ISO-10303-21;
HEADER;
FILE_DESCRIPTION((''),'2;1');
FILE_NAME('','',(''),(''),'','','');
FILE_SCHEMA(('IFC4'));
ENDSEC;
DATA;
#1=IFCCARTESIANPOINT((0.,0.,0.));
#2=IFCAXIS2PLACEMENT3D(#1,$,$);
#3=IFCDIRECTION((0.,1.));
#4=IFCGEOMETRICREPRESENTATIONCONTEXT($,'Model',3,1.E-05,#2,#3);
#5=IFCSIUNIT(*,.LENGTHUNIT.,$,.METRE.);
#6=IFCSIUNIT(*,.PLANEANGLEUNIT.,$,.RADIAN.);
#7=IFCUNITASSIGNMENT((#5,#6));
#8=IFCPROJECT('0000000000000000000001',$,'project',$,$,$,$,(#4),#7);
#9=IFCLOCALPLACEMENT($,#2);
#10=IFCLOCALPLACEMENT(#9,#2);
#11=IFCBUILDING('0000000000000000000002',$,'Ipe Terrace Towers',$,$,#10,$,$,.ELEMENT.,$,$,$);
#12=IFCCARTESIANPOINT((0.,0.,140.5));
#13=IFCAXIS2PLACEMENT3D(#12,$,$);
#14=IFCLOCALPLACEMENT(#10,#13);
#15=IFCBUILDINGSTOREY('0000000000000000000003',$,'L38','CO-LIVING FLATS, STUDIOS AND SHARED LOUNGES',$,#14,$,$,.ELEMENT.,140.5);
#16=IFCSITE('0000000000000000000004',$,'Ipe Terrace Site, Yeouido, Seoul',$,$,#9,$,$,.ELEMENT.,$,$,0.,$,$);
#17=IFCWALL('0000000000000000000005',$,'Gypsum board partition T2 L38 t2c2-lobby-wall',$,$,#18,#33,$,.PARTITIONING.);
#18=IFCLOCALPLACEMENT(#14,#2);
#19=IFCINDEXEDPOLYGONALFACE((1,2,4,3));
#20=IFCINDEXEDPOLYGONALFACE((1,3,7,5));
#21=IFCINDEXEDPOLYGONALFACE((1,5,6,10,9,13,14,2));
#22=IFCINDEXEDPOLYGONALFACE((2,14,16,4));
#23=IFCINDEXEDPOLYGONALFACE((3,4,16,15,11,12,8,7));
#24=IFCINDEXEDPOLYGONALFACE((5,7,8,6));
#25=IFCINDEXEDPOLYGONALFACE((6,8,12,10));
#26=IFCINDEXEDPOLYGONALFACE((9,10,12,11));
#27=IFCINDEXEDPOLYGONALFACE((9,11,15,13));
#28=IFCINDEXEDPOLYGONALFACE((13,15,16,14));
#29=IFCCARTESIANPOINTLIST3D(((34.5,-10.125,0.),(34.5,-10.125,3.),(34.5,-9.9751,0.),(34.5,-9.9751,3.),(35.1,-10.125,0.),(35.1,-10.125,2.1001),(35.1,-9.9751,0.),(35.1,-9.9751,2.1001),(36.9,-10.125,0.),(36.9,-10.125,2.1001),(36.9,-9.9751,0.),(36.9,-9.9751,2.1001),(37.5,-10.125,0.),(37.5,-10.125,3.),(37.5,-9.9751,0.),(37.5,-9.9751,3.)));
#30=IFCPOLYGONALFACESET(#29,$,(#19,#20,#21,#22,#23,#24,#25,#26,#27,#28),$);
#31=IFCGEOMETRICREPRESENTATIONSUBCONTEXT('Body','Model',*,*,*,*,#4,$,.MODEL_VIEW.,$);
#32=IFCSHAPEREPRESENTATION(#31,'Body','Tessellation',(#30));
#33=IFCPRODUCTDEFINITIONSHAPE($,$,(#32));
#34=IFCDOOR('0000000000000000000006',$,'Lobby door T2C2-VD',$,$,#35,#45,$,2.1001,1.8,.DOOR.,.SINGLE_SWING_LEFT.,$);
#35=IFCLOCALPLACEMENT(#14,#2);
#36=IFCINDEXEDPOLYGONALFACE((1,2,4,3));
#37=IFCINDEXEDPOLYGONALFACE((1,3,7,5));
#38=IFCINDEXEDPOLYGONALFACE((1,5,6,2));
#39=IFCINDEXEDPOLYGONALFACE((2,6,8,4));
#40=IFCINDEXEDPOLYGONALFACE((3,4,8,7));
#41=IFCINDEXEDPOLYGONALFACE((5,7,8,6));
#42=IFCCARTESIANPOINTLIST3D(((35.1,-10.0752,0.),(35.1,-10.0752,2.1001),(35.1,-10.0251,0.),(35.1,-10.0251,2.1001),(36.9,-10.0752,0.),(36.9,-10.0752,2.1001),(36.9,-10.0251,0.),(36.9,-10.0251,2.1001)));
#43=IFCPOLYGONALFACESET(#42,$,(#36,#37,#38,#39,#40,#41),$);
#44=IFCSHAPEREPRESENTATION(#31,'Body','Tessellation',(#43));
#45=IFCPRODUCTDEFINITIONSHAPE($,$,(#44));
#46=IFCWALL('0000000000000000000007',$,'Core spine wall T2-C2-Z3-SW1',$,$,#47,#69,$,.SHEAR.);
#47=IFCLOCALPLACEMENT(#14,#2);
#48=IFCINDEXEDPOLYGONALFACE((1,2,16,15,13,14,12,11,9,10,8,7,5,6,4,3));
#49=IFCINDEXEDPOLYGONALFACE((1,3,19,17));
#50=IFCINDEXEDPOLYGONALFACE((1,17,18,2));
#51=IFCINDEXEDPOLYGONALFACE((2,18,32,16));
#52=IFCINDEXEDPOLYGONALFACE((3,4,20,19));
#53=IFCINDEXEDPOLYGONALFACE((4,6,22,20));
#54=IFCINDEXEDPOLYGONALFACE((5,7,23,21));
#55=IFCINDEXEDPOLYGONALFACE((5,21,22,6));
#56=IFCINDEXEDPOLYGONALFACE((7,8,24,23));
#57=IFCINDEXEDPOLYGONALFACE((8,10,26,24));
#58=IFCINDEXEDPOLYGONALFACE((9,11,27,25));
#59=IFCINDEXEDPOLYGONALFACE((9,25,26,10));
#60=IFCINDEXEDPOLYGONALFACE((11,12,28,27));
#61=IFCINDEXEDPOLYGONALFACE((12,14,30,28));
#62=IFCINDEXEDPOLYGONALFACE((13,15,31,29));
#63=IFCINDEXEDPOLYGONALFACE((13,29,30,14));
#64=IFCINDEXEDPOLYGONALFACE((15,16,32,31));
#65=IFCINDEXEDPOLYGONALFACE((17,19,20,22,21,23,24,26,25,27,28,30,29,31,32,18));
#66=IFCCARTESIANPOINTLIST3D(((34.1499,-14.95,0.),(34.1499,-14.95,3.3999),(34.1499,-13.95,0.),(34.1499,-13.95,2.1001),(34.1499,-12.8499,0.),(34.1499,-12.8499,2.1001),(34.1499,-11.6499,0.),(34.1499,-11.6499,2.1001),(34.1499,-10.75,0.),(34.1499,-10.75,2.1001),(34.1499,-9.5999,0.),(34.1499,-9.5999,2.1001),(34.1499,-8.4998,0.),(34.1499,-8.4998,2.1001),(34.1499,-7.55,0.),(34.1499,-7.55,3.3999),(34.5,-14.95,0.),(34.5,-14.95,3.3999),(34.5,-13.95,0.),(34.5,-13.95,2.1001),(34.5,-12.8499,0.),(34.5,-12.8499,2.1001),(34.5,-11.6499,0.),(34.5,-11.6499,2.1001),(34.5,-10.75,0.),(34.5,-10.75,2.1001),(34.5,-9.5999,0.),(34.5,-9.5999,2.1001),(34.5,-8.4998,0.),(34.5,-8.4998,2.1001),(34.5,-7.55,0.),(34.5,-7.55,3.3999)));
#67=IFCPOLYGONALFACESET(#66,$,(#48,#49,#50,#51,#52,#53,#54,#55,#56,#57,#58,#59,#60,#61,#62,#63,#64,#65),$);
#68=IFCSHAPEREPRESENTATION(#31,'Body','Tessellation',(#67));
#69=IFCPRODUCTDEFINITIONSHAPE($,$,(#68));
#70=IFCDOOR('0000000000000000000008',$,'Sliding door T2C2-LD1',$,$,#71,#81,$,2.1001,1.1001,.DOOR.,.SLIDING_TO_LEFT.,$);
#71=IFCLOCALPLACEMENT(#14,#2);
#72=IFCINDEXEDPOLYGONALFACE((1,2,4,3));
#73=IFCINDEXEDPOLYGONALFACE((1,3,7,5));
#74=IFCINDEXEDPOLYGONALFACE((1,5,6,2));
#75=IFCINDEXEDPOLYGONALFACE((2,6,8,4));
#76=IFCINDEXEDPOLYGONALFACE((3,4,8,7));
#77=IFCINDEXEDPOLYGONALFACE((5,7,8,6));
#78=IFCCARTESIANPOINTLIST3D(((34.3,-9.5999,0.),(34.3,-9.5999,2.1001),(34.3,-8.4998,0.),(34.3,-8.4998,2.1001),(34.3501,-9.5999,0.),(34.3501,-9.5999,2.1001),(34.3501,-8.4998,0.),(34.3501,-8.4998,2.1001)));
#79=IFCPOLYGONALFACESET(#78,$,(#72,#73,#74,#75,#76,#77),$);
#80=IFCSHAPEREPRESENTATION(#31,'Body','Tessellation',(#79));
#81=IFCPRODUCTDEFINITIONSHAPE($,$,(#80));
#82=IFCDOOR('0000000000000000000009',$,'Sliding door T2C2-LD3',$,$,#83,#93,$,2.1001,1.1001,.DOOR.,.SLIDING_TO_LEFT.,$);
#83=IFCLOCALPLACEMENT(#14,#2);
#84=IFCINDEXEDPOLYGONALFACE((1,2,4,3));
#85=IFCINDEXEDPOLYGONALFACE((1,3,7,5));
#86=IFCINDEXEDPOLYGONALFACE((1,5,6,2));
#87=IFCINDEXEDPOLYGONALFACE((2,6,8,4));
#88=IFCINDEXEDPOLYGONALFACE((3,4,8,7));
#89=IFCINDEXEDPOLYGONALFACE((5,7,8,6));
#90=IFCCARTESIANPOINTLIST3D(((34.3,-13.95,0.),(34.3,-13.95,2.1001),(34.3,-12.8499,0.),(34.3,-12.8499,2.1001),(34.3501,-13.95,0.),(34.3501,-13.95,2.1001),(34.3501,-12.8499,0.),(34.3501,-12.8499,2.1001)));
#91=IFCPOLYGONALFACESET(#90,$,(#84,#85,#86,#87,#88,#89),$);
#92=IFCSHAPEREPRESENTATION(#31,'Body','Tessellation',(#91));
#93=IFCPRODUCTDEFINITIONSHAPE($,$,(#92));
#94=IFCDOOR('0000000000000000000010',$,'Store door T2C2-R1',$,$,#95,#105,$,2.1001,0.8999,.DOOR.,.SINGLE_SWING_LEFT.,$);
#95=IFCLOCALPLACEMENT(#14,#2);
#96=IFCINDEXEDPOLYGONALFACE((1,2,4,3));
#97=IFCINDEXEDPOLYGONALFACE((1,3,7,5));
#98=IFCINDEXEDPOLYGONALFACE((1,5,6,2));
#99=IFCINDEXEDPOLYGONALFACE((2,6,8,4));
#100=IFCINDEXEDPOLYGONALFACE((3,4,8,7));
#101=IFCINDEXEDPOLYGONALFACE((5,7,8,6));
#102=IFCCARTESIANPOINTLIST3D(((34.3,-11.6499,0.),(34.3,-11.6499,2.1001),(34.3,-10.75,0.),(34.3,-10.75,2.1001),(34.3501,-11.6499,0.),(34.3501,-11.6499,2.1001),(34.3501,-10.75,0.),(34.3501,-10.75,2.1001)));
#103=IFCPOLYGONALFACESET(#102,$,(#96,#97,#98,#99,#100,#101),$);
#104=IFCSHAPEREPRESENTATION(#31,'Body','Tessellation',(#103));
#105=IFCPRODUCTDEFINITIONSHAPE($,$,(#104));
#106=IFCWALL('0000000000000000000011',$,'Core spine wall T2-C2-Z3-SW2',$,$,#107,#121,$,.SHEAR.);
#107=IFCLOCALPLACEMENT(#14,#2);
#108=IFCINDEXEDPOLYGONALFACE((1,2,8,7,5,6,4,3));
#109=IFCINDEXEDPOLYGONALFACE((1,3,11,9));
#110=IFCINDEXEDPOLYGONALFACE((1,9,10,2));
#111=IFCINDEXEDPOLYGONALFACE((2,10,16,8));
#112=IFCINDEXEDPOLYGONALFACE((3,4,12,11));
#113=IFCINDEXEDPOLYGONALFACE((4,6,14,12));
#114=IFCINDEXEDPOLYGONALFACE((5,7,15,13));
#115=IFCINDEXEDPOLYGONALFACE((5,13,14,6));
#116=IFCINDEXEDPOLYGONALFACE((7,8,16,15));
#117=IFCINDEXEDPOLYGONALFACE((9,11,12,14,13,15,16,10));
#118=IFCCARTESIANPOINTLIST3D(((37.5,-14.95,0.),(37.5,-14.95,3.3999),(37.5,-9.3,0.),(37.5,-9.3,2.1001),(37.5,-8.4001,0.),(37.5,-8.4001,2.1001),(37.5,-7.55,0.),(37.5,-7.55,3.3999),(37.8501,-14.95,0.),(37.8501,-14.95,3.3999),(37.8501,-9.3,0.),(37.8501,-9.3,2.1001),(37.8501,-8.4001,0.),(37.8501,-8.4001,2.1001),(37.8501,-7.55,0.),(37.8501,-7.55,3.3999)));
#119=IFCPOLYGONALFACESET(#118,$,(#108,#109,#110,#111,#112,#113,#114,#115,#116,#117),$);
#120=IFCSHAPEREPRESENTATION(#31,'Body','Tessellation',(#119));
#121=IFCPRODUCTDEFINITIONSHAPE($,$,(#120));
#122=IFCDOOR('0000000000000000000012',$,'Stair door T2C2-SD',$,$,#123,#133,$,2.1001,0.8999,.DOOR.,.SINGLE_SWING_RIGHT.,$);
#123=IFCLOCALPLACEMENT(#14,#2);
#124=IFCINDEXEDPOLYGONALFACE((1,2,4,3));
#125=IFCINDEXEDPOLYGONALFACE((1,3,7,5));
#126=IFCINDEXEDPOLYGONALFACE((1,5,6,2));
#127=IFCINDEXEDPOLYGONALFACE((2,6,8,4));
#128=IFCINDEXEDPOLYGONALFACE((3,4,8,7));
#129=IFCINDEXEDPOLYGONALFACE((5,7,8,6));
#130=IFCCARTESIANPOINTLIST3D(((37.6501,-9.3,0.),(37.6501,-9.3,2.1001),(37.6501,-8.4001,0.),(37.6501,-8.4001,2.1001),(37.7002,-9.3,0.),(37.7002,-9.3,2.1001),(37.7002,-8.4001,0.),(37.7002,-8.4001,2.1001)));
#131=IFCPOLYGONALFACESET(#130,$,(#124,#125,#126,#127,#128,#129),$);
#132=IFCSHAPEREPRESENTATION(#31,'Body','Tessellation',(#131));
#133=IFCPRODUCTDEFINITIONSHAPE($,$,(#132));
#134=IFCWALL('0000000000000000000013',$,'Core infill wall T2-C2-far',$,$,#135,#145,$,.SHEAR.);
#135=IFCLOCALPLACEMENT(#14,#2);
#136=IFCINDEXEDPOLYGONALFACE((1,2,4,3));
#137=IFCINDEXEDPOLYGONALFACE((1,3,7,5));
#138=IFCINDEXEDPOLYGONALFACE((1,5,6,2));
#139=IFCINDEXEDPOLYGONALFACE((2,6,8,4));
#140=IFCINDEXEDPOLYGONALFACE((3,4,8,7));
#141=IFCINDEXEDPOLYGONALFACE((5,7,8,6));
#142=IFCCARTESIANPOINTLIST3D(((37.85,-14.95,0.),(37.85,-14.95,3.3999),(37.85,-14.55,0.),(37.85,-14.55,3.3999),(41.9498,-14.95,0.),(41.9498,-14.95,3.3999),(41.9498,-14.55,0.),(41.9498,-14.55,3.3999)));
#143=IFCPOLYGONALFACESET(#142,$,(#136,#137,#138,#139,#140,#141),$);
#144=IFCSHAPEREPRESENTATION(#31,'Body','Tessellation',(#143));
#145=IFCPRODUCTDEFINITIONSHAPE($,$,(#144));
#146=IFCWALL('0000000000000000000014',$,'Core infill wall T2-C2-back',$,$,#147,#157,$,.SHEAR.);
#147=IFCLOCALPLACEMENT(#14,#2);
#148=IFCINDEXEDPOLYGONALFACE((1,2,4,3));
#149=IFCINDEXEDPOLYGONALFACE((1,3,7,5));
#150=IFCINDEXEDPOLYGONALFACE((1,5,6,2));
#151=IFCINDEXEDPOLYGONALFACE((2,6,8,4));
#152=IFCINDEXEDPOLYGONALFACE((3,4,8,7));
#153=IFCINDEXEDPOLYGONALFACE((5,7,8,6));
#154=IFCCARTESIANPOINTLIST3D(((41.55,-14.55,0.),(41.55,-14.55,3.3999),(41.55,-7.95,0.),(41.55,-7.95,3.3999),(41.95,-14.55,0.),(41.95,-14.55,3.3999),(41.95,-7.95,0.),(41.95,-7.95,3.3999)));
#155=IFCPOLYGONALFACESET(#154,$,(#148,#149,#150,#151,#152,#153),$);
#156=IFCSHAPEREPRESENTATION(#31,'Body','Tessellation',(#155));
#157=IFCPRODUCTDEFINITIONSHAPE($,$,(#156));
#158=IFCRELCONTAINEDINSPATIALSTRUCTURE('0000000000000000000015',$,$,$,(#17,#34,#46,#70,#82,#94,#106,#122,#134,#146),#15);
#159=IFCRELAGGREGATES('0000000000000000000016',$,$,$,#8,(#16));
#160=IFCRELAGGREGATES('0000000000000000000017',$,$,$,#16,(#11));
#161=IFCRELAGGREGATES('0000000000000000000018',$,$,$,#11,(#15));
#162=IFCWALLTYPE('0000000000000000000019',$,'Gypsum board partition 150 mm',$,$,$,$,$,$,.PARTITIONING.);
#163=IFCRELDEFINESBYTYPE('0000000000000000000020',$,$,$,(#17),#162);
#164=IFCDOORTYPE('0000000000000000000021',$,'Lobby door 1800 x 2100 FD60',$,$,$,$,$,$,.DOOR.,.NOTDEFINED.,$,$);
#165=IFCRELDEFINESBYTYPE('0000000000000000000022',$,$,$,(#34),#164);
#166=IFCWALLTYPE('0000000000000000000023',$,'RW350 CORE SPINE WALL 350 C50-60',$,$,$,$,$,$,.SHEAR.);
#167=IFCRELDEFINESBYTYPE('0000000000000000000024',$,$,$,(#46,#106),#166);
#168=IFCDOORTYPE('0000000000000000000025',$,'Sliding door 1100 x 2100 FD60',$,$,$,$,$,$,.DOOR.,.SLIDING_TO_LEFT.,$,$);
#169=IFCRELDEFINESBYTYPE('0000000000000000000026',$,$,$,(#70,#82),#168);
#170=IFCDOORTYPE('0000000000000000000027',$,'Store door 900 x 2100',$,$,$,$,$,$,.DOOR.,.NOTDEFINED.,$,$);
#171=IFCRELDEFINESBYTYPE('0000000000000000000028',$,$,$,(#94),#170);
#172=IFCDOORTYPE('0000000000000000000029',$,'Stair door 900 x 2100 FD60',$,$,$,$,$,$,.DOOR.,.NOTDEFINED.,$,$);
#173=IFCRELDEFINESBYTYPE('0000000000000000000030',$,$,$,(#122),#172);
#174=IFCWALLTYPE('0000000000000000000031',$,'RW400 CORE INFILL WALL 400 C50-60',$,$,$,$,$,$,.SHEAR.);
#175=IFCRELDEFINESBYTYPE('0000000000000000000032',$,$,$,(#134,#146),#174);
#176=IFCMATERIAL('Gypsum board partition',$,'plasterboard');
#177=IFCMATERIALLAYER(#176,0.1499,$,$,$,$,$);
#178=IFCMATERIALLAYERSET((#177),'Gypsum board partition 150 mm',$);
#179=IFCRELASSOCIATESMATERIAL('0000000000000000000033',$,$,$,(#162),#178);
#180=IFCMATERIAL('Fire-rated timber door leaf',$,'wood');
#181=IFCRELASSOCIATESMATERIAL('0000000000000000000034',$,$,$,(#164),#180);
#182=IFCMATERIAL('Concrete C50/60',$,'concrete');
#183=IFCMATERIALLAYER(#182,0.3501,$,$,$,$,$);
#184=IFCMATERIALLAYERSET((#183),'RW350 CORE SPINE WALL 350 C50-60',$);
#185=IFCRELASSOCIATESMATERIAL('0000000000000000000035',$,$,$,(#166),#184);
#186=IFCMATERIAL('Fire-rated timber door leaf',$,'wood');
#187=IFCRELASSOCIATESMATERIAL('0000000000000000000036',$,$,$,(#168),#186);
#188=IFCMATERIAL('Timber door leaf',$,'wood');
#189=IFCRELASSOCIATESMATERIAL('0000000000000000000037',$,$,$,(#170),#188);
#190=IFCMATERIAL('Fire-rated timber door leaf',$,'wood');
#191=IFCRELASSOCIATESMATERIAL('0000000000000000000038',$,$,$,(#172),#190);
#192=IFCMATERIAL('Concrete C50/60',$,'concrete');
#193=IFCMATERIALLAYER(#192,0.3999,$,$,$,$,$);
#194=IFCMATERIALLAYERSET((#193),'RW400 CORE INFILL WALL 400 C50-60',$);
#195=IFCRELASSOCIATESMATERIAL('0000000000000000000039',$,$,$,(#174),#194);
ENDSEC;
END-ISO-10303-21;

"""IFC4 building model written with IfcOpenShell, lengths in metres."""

from ifc_helpers import new_model, si_unit, direction, frame, frame_2d, origin, place, context, subcontext, project, spatial, rectangle, extrude, material, layer, layer_set, type_object, element, fill, save


model = new_model("IFC4")

# Units and contexts
model_context = context("Model", 3, precision=1e-05, world=origin(), true_north=direction((0.0, 1.0)))
body_context = subcontext(model_context, "Body", "Model", "MODEL_VIEW")
ifc_project = project(units=[si_unit("LENGTHUNIT", "METRE"), si_unit("PLANEANGLEUNIT", "RADIAN")], contexts=[model_context])

# Site, building, storey
site_placement = place(None, origin())
site = spatial("IfcSite", under=ifc_project, at=site_placement, Name="Ipe Terrace Site, Yeouido, Seoul", CompositionType="ELEMENT", RefElevation=0.0)
building_placement = place(site_placement, origin())
building = spatial("IfcBuilding", under=site, at=building_placement, Name="Ipe Terrace Towers", CompositionType="ELEMENT")
storey_placement = place(building_placement, frame((0.0, 0.0, 140.5)))
storey = spatial("IfcBuildingStorey", under=building, at=storey_placement, Name="L38", Description="CO-LIVING FLATS, STUDIOS AND SHARED LOUNGES", CompositionType="ELEMENT", Elevation=140.5)

# Wall, opening, door
ifc_material_1 = material(Name="Gypsum board partition", Category="plasterboard")
ifc_layer_1 = layer(ifc_material_1, 0.1499)
ifc_layer_set_1 = layer_set([ifc_layer_1], Name="Gypsum board partition 150 mm")
wall_type_1 = type_object("IfcWallType", Name="Gypsum board partition 150 mm", PredefinedType="PARTITIONING", material=ifc_layer_set_1)
wall_1_placement = place(storey_placement, frame((34.5, -10.05, 0.0), z_axis=(0.0, 0.0, 1.0), x_axis=(1.0, 0.0, 0.0)))
wall_1 = element("IfcWall", 1, at=wall_1_placement, inside=storey, type_object=wall_type_1, Name="Gypsum board partition T2 L38 t2c2-lobby-wall", PredefinedType="PARTITIONING", context=body_context, shape_type="SweptSolid", body=[
    extrude(rectangle(XDim=3.0, YDim=0.1499, at=frame_2d((1.5, 0.0))), origin(), (0.0, 0.0, 1.0), 3.0),
])
opening_1_placement = place(wall_1_placement, frame((0.6001, 0.0, 0.0)))
opening_1 = element("IfcOpeningElement", 2, at=opening_1_placement, cuts=wall_1, PredefinedType="OPENING", context=body_context, shape_type="SweptSolid", body=[
    extrude(rectangle(XDim=1.8, YDim=2.1001, at=frame_2d((0.8999, 1.05))), frame((0.0, 0.085, 0.0), z_axis=(0.0, -1.0, 0.0), x_axis=(1.0, 0.0, 0.0)), (0.0, 0.0, 1.0), 0.1699),
])
ifc_material_2 = material(Name="Fire-rated timber door leaf", Category="wood")
door_type_1 = type_object("IfcDoorType", Name="Lobby door 1800 x 2100 FD60", OperationType="NOTDEFINED", PredefinedType="DOOR", material=ifc_material_2)
door_1_placement = place(opening_1_placement, origin())
door_1 = element("IfcDoor", 3, at=door_1_placement, inside=storey, type_object=door_type_1, Name="Lobby door T2C2-VD", OperationType="SINGLE_SWING_LEFT", OverallHeight=2.1001, OverallWidth=1.8, PredefinedType="DOOR", context=body_context, shape_type="SweptSolid", body=[
    extrude(rectangle(XDim=1.8, YDim=2.1001, at=frame_2d((0.8999, 1.05))), frame((0.0, 0.0249, 0.0), z_axis=(0.0, -1.0, 0.0), x_axis=(1.0, 0.0, 0.0)), (0.0, 0.0, 1.0), 0.05),
])
fill(opening_1, door_1)

# Wall, openings, doors
ifc_material_3 = material(Name="Concrete C50/60", Category="concrete")
ifc_layer_2 = layer(ifc_material_3, 0.3501)
ifc_layer_set_2 = layer_set([ifc_layer_2], Name="RW350 CORE SPINE WALL 350 C50-60")
wall_type_2 = type_object("IfcWallType", Name="RW350 CORE SPINE WALL 350 C50-60", PredefinedType="SHEAR", material=ifc_layer_set_2)
wall_2_placement = place(storey_placement, frame((34.325, -14.95, 0.0), z_axis=(0.0, 0.0, 1.0), x_axis=(0.0, 1.0, 0.0)))
wall_2 = element("IfcWall", 4, at=wall_2_placement, inside=storey, type_object=wall_type_2, Name="Core spine wall T2-C2-Z3-SW1", PredefinedType="SHEAR", context=body_context, shape_type="SweptSolid", body=[
    extrude(rectangle(XDim=7.3999, YDim=0.3501, at=frame_2d((3.7, 0.0))), origin(), (0.0, 0.0, 1.0), 3.3999),
])
opening_2_placement = place(wall_2_placement, frame((5.3501, 0.0, 0.0)))
opening_2 = element("IfcOpeningElement", 5, at=opening_2_placement, cuts=wall_2, PredefinedType="OPENING", context=body_context, shape_type="SweptSolid", body=[
    extrude(rectangle(XDim=1.1001, YDim=2.1001, at=frame_2d((0.55, 1.05))), frame((0.0, 0.1851, 0.0), z_axis=(0.0, -1.0, 0.0), x_axis=(1.0, 0.0, 0.0)), (0.0, 0.0, 1.0), 0.3701),
])
opening_3_placement = place(wall_2_placement, frame((1.0, 0.0, 0.0)))
opening_3 = element("IfcOpeningElement", 6, at=opening_3_placement, cuts=wall_2, PredefinedType="OPENING", context=body_context, shape_type="SweptSolid", body=[
    extrude(rectangle(XDim=1.1001, YDim=2.1001, at=frame_2d((0.55, 1.05))), frame((0.0, 0.1851, 0.0), z_axis=(0.0, -1.0, 0.0), x_axis=(1.0, 0.0, 0.0)), (0.0, 0.0, 1.0), 0.3701),
])
opening_4_placement = place(wall_2_placement, frame((3.3, 0.0, 0.0)))
opening_4 = element("IfcOpeningElement", 7, at=opening_4_placement, cuts=wall_2, PredefinedType="OPENING", context=body_context, shape_type="SweptSolid", body=[
    extrude(rectangle(XDim=0.8999, YDim=2.1001, at=frame_2d((0.45, 1.05))), frame((0.0, 0.1851, 0.0), z_axis=(0.0, -1.0, 0.0), x_axis=(1.0, 0.0, 0.0)), (0.0, 0.0, 1.0), 0.3701),
])
ifc_material_4 = material(Name="Fire-rated timber door leaf", Category="wood")
door_type_2 = type_object("IfcDoorType", Name="Sliding door 1100 x 2100 FD60", OperationType="SLIDING_TO_LEFT", PredefinedType="DOOR", material=ifc_material_4)
door_2_placement = place(opening_2_placement, origin())
door_2 = element("IfcDoor", 8, at=door_2_placement, inside=storey, type_object=door_type_2, Name="Sliding door T2C2-LD1", OperationType="SLIDING_TO_LEFT", OverallHeight=2.1001, OverallWidth=1.1001, PredefinedType="DOOR", context=body_context, shape_type="SweptSolid", body=[
    extrude(rectangle(XDim=1.1001, YDim=2.1001, at=frame_2d((0.55, 1.05))), frame((0.0, 0.0249, 0.0), z_axis=(0.0, -1.0, 0.0), x_axis=(1.0, 0.0, 0.0)), (0.0, 0.0, 1.0), 0.05),
])
fill(opening_2, door_2)
door_3_placement = place(opening_3_placement, origin())
door_3 = element("IfcDoor", 9, at=door_3_placement, inside=storey, type_object=door_type_2, Name="Sliding door T2C2-LD3", OperationType="SLIDING_TO_LEFT", OverallHeight=2.1001, OverallWidth=1.1001, PredefinedType="DOOR", context=body_context, shape_type="SweptSolid", body=[
    extrude(rectangle(XDim=1.1001, YDim=2.1001, at=frame_2d((0.55, 1.05))), frame((0.0, 0.0249, 0.0), z_axis=(0.0, -1.0, 0.0), x_axis=(1.0, 0.0, 0.0)), (0.0, 0.0, 1.0), 0.05),
])
fill(opening_3, door_3)
ifc_material_5 = material(Name="Timber door leaf", Category="wood")
door_type_3 = type_object("IfcDoorType", Name="Store door 900 x 2100", OperationType="NOTDEFINED", PredefinedType="DOOR", material=ifc_material_5)
door_4_placement = place(opening_4_placement, origin())
door_4 = element("IfcDoor", 10, at=door_4_placement, inside=storey, type_object=door_type_3, Name="Store door T2C2-R1", OperationType="SINGLE_SWING_LEFT", OverallHeight=2.1001, OverallWidth=0.8999, PredefinedType="DOOR", context=body_context, shape_type="SweptSolid", body=[
    extrude(rectangle(XDim=0.8999, YDim=2.1001, at=frame_2d((0.45, 1.05))), frame((0.0, 0.0249, 0.0), z_axis=(0.0, -1.0, 0.0), x_axis=(1.0, 0.0, 0.0)), (0.0, 0.0, 1.0), 0.05),
])
fill(opening_4, door_4)

# Wall, opening, door
wall_3_placement = place(storey_placement, frame((37.675, -14.95, 0.0), z_axis=(0.0, 0.0, 1.0), x_axis=(0.0, 1.0, 0.0)))
wall_3 = element("IfcWall", 11, at=wall_3_placement, inside=storey, type_object=wall_type_2, Name="Core spine wall T2-C2-Z3-SW2", PredefinedType="SHEAR", context=body_context, shape_type="SweptSolid", body=[
    extrude(rectangle(XDim=7.3999, YDim=0.3501, at=frame_2d((3.7, 0.0))), origin(), (0.0, 0.0, 1.0), 3.3999),
])
opening_5_placement = place(wall_3_placement, frame((5.6499, 0.0, 0.0)))
opening_5 = element("IfcOpeningElement", 12, at=opening_5_placement, cuts=wall_3, PredefinedType="OPENING", context=body_context, shape_type="SweptSolid", body=[
    extrude(rectangle(XDim=0.8999, YDim=2.1001, at=frame_2d((0.45, 1.05))), frame((0.0, 0.1851, 0.0), z_axis=(0.0, -1.0, 0.0), x_axis=(1.0, 0.0, 0.0)), (0.0, 0.0, 1.0), 0.3701),
])
ifc_material_6 = material(Name="Fire-rated timber door leaf", Category="wood")
door_type_4 = type_object("IfcDoorType", Name="Stair door 900 x 2100 FD60", OperationType="NOTDEFINED", PredefinedType="DOOR", material=ifc_material_6)
door_5_placement = place(opening_5_placement, origin())
door_5 = element("IfcDoor", 13, at=door_5_placement, inside=storey, type_object=door_type_4, Name="Stair door T2C2-SD", OperationType="SINGLE_SWING_RIGHT", OverallHeight=2.1001, OverallWidth=0.8999, PredefinedType="DOOR", context=body_context, shape_type="SweptSolid", body=[
    extrude(rectangle(XDim=0.8999, YDim=2.1001, at=frame_2d((0.45, 1.05))), frame((0.0, 0.0249, 0.0), z_axis=(0.0, -1.0, 0.0), x_axis=(1.0, 0.0, 0.0)), (0.0, 0.0, 1.0), 0.05),
])
fill(opening_5, door_5)

# Walls
ifc_material_7 = material(Name="Concrete C50/60", Category="concrete")
ifc_layer_3 = layer(ifc_material_7, 0.3999)
ifc_layer_set_3 = layer_set([ifc_layer_3], Name="RW400 CORE INFILL WALL 400 C50-60")
wall_type_3 = type_object("IfcWallType", Name="RW400 CORE INFILL WALL 400 C50-60", PredefinedType="SHEAR", material=ifc_layer_set_3)
wall_4_placement = place(storey_placement, frame((37.8501, -14.75, 0.0), z_axis=(0.0, 0.0, 1.0), x_axis=(1.0, 0.0, 0.0)))
element("IfcWall", 14, at=wall_4_placement, inside=storey, type_object=wall_type_3, Name="Core infill wall T2-C2-far", PredefinedType="SHEAR", context=body_context, shape_type="SweptSolid", body=[
    extrude(rectangle(XDim=4.0999, YDim=0.3999, at=frame_2d((2.0498, 0.0))), origin(), (0.0, 0.0, 1.0), 3.3999),
])
wall_5_placement = place(storey_placement, frame((41.75, -7.95, 0.0), z_axis=(0.0, 0.0, 1.0), x_axis=(0.0, -1.0, 0.0)))
element("IfcWall", 15, at=wall_5_placement, inside=storey, type_object=wall_type_3, Name="Core infill wall T2-C2-back", PredefinedType="SHEAR", context=body_context, shape_type="SweptSolid", body=[
    extrude(rectangle(XDim=6.6001, YDim=0.3999, at=frame_2d((3.3, 0.0))), origin(), (0.0, 0.0, 1.0), 3.3999),
])

save(model, "model.ifc")
